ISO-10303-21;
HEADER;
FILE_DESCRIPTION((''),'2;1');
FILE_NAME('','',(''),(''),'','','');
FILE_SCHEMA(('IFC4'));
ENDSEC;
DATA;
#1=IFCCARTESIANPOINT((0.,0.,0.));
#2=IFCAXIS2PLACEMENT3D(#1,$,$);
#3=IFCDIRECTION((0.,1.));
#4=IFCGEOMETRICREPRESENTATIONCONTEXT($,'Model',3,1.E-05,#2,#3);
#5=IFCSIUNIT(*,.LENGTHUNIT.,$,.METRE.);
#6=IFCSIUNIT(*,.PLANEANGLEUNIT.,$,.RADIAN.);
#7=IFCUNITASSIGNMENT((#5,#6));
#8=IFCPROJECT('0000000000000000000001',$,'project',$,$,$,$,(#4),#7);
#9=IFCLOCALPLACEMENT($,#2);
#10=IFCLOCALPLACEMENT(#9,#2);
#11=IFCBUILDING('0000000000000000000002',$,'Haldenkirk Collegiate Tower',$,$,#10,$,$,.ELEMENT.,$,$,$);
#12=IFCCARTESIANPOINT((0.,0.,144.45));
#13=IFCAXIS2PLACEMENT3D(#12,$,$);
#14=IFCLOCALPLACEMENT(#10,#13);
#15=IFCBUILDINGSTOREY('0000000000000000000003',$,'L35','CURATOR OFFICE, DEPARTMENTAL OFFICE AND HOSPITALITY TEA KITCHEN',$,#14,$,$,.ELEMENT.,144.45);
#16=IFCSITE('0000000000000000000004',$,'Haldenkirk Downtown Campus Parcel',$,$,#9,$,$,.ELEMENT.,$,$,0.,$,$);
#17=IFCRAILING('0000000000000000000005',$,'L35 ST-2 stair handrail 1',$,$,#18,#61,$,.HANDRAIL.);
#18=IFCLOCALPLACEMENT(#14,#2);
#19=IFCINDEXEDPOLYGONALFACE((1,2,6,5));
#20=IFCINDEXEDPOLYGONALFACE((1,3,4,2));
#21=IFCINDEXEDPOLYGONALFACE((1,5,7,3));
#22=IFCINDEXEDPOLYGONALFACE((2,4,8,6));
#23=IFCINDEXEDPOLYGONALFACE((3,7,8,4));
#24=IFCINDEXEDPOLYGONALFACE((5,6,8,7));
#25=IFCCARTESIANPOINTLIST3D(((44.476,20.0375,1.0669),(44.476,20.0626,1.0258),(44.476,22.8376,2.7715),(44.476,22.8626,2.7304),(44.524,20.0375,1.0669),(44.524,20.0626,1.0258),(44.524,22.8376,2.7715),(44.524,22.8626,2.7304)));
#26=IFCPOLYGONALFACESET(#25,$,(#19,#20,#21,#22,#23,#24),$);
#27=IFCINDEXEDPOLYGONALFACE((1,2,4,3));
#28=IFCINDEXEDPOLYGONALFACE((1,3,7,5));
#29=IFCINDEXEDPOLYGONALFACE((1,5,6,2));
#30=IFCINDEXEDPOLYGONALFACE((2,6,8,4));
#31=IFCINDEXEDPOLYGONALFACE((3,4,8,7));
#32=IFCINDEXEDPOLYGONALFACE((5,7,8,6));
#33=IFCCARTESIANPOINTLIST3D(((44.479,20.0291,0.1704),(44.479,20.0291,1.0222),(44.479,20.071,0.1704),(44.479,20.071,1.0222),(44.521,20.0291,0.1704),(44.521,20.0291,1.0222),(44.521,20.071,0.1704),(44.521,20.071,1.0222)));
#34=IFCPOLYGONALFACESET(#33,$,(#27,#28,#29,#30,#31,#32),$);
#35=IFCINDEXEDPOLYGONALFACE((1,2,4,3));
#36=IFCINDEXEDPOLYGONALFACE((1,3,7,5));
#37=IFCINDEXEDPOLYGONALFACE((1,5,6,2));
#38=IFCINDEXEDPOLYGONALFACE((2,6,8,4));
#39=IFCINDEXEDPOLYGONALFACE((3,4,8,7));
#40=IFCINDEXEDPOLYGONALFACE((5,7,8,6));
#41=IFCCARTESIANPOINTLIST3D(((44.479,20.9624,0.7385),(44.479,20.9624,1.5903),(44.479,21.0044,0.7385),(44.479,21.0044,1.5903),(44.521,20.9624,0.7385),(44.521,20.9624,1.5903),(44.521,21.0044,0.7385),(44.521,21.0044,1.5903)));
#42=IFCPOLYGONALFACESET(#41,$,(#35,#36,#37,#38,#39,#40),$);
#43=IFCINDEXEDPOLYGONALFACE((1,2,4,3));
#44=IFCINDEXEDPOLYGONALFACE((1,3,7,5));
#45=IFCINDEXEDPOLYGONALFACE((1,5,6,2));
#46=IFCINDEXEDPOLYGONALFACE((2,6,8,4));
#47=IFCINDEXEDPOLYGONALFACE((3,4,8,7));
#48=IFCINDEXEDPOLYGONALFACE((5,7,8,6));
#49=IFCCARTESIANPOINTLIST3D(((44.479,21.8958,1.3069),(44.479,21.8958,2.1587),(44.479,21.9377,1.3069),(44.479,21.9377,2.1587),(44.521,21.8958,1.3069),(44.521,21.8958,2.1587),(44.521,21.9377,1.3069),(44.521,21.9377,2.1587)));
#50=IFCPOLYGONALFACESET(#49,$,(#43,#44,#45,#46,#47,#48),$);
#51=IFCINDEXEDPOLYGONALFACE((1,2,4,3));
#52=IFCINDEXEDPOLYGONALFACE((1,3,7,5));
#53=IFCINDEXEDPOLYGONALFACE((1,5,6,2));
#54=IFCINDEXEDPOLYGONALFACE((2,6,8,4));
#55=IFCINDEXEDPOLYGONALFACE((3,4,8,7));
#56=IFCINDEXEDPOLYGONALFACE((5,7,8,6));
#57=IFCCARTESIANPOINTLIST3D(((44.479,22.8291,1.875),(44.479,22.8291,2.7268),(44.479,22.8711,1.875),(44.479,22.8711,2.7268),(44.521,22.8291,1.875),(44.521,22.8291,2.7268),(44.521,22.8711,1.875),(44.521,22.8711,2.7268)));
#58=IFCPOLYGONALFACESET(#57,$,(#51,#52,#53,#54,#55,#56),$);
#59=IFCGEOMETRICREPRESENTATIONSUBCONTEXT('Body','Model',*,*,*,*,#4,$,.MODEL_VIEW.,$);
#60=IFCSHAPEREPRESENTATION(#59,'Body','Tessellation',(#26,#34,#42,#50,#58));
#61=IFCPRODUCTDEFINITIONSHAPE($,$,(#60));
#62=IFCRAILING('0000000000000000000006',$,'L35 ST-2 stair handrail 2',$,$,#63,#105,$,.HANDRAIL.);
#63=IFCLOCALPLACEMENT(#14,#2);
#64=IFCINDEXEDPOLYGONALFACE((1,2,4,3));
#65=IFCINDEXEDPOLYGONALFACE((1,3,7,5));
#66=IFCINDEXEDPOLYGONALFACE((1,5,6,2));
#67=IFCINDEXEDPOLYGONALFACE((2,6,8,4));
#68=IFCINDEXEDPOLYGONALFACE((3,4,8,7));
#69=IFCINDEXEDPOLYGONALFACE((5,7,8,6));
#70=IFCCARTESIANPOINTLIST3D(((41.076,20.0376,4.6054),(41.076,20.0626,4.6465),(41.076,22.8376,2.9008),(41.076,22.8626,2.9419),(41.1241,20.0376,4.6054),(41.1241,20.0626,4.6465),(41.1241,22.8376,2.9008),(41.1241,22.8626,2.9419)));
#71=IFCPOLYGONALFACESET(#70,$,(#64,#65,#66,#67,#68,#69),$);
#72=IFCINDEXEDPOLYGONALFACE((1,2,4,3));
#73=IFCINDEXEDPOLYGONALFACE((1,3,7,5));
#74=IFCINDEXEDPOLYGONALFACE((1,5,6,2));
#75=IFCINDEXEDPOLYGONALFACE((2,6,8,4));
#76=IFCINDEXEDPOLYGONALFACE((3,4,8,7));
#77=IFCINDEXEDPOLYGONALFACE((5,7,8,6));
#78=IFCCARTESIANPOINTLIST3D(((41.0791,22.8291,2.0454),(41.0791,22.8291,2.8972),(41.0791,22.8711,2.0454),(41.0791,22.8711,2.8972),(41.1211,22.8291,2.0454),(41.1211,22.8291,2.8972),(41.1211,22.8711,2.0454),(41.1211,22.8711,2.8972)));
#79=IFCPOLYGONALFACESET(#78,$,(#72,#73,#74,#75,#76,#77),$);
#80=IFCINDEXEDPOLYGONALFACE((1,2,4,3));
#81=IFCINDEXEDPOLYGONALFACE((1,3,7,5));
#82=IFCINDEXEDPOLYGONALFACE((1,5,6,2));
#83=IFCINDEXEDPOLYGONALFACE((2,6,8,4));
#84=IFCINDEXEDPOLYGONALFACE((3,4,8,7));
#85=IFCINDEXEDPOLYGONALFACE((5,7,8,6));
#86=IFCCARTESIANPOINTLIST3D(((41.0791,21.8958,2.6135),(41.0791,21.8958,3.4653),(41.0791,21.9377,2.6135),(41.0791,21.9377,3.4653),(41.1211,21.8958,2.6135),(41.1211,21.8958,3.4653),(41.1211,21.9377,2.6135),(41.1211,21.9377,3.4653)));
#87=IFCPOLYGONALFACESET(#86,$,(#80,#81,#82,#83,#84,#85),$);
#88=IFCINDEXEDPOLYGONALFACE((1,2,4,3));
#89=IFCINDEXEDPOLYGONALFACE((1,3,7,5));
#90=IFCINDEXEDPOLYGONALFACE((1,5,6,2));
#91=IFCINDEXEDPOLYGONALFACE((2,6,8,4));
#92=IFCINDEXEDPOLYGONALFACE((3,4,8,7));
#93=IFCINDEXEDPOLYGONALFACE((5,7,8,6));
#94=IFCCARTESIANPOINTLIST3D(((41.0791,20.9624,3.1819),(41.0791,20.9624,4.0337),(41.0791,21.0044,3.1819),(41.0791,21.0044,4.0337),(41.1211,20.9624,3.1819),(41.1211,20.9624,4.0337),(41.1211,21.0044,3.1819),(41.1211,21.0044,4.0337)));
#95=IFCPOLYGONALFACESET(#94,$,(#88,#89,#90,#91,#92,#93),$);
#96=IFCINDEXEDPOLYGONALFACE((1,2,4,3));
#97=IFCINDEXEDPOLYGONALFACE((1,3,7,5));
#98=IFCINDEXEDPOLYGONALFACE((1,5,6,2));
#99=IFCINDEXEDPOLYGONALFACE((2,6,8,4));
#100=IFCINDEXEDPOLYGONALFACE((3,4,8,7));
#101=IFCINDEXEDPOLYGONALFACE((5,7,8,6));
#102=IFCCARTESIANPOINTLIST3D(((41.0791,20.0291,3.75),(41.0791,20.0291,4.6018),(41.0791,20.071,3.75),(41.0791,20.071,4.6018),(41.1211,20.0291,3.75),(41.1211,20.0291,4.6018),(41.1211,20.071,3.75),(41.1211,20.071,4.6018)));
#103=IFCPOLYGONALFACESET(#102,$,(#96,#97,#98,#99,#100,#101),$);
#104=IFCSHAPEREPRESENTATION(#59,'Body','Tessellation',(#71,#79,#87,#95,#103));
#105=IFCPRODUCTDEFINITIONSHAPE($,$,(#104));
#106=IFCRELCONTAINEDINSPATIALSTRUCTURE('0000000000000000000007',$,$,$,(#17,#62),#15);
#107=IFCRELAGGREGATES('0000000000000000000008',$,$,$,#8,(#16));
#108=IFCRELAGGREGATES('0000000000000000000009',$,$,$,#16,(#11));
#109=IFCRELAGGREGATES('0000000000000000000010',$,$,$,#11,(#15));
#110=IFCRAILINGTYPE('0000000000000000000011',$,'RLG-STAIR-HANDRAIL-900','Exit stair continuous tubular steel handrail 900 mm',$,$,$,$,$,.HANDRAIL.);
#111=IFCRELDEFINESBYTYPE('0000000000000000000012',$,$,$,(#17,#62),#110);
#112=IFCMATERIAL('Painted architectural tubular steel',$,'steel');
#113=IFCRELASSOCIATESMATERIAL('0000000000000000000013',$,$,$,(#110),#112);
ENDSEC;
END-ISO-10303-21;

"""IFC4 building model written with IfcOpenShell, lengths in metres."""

from ifc_helpers import new_model, si_unit, direction, frame, origin, origin_2d, place, context, subcontext, project, spatial, rectangle, extrude, material, type_object, element, save


model = new_model("IFC4")

# Units and contexts
model_context = context("Model", 3, precision=1e-05, world=origin(), true_north=direction((0.0, 1.0)))
body_context = subcontext(model_context, "Body", "Model", "MODEL_VIEW")
ifc_project = project(units=[si_unit("LENGTHUNIT", "METRE"), si_unit("PLANEANGLEUNIT", "RADIAN")], contexts=[model_context])

# Site, building, storey
site_placement = place(None, origin())
site = spatial("IfcSite", under=ifc_project, at=site_placement, Name="Haldenkirk Downtown Campus Parcel", CompositionType="ELEMENT", RefElevation=0.0)
building_placement = place(site_placement, origin())
building = spatial("IfcBuilding", under=site, at=building_placement, Name="Haldenkirk Collegiate Tower", CompositionType="ELEMENT")
storey_placement = place(building_placement, frame((0.0, 0.0, 144.45)))
storey = spatial("IfcBuildingStorey", under=building, at=storey_placement, Name="L35", Description="CURATOR OFFICE, DEPARTMENTAL OFFICE AND HOSPITALITY TEA KITCHEN", CompositionType="ELEMENT", Elevation=144.45)

# Railings
ifc_material_1 = material(Name="Painted architectural tubular steel", Category="steel")
railing_type_1 = type_object("IfcRailingType", Name="RLG-STAIR-HANDRAIL-900", Description="Exit stair continuous tubular steel handrail 900 mm", PredefinedType="HANDRAIL", material=ifc_material_1)
railing_1_placement = place(storey_placement, frame((44.5, 20.05, 0.1704)))
element("IfcRailing", 1, at=railing_1_placement, inside=storey, type_object=railing_type_1, Name="L35 ST-2 stair handrail 1", PredefinedType="HANDRAIL", context=body_context, shape_type="SweptSolid", body=[
    extrude(rectangle(XDim=0.0481, YDim=0.0481, at=origin_2d()), frame((0.0, 0.0, 0.876), z_axis=(0.0, 0.85417, 0.519994), x_axis=(-1.0, 0.0, 0.0)), (0.0, 0.0, 1.0), 3.2781),
    extrude(rectangle(XDim=0.042, YDim=0.042, at=origin_2d()), origin(), (0.0, 0.0, 1.0), 0.8518),
    extrude(rectangle(XDim=0.042, YDim=0.042, at=origin_2d()), frame((0.0, 0.9333, 0.5681)), (0.0, 0.0, 1.0), 0.8518),
    extrude(rectangle(XDim=0.042, YDim=0.042, at=origin_2d()), frame((0.0, 1.8667, 1.1365)), (0.0, 0.0, 1.0), 0.8518),
    extrude(rectangle(XDim=0.042, YDim=0.042, at=origin_2d()), frame((0.0, 2.8, 1.7046)), (0.0, 0.0, 1.0), 0.8518),
])
railing_2_placement = place(storey_placement, frame((41.1001, 22.8501, 2.0454)))
element("IfcRailing", 2, at=railing_2_placement, inside=storey, type_object=railing_type_1, Name="L35 ST-2 stair handrail 2", PredefinedType="HANDRAIL", context=body_context, shape_type="SweptSolid", body=[
    extrude(rectangle(XDim=0.0481, YDim=0.0481, at=origin_2d()), frame((0.0, 0.0, 0.876), z_axis=(0.0, -0.85417, 0.519994), x_axis=(1.0, 0.0, 0.0)), (0.0, 0.0, 1.0), 3.2781),
    extrude(rectangle(XDim=0.042, YDim=0.042, at=origin_2d()), origin(), (0.0, 0.0, 1.0), 0.8518),
    extrude(rectangle(XDim=0.042, YDim=0.042, at=origin_2d()), frame((0.0, -0.9333, 0.5681)), (0.0, 0.0, 1.0), 0.8518),
    extrude(rectangle(XDim=0.042, YDim=0.042, at=origin_2d()), frame((0.0, -1.8667, 1.1365)), (0.0, 0.0, 1.0), 0.8518),
    extrude(rectangle(XDim=0.042, YDim=0.042, at=origin_2d()), frame((0.0, -2.8, 1.7046)), (0.0, 0.0, 1.0), 0.8518),
])

save(model, "model.ifc")
